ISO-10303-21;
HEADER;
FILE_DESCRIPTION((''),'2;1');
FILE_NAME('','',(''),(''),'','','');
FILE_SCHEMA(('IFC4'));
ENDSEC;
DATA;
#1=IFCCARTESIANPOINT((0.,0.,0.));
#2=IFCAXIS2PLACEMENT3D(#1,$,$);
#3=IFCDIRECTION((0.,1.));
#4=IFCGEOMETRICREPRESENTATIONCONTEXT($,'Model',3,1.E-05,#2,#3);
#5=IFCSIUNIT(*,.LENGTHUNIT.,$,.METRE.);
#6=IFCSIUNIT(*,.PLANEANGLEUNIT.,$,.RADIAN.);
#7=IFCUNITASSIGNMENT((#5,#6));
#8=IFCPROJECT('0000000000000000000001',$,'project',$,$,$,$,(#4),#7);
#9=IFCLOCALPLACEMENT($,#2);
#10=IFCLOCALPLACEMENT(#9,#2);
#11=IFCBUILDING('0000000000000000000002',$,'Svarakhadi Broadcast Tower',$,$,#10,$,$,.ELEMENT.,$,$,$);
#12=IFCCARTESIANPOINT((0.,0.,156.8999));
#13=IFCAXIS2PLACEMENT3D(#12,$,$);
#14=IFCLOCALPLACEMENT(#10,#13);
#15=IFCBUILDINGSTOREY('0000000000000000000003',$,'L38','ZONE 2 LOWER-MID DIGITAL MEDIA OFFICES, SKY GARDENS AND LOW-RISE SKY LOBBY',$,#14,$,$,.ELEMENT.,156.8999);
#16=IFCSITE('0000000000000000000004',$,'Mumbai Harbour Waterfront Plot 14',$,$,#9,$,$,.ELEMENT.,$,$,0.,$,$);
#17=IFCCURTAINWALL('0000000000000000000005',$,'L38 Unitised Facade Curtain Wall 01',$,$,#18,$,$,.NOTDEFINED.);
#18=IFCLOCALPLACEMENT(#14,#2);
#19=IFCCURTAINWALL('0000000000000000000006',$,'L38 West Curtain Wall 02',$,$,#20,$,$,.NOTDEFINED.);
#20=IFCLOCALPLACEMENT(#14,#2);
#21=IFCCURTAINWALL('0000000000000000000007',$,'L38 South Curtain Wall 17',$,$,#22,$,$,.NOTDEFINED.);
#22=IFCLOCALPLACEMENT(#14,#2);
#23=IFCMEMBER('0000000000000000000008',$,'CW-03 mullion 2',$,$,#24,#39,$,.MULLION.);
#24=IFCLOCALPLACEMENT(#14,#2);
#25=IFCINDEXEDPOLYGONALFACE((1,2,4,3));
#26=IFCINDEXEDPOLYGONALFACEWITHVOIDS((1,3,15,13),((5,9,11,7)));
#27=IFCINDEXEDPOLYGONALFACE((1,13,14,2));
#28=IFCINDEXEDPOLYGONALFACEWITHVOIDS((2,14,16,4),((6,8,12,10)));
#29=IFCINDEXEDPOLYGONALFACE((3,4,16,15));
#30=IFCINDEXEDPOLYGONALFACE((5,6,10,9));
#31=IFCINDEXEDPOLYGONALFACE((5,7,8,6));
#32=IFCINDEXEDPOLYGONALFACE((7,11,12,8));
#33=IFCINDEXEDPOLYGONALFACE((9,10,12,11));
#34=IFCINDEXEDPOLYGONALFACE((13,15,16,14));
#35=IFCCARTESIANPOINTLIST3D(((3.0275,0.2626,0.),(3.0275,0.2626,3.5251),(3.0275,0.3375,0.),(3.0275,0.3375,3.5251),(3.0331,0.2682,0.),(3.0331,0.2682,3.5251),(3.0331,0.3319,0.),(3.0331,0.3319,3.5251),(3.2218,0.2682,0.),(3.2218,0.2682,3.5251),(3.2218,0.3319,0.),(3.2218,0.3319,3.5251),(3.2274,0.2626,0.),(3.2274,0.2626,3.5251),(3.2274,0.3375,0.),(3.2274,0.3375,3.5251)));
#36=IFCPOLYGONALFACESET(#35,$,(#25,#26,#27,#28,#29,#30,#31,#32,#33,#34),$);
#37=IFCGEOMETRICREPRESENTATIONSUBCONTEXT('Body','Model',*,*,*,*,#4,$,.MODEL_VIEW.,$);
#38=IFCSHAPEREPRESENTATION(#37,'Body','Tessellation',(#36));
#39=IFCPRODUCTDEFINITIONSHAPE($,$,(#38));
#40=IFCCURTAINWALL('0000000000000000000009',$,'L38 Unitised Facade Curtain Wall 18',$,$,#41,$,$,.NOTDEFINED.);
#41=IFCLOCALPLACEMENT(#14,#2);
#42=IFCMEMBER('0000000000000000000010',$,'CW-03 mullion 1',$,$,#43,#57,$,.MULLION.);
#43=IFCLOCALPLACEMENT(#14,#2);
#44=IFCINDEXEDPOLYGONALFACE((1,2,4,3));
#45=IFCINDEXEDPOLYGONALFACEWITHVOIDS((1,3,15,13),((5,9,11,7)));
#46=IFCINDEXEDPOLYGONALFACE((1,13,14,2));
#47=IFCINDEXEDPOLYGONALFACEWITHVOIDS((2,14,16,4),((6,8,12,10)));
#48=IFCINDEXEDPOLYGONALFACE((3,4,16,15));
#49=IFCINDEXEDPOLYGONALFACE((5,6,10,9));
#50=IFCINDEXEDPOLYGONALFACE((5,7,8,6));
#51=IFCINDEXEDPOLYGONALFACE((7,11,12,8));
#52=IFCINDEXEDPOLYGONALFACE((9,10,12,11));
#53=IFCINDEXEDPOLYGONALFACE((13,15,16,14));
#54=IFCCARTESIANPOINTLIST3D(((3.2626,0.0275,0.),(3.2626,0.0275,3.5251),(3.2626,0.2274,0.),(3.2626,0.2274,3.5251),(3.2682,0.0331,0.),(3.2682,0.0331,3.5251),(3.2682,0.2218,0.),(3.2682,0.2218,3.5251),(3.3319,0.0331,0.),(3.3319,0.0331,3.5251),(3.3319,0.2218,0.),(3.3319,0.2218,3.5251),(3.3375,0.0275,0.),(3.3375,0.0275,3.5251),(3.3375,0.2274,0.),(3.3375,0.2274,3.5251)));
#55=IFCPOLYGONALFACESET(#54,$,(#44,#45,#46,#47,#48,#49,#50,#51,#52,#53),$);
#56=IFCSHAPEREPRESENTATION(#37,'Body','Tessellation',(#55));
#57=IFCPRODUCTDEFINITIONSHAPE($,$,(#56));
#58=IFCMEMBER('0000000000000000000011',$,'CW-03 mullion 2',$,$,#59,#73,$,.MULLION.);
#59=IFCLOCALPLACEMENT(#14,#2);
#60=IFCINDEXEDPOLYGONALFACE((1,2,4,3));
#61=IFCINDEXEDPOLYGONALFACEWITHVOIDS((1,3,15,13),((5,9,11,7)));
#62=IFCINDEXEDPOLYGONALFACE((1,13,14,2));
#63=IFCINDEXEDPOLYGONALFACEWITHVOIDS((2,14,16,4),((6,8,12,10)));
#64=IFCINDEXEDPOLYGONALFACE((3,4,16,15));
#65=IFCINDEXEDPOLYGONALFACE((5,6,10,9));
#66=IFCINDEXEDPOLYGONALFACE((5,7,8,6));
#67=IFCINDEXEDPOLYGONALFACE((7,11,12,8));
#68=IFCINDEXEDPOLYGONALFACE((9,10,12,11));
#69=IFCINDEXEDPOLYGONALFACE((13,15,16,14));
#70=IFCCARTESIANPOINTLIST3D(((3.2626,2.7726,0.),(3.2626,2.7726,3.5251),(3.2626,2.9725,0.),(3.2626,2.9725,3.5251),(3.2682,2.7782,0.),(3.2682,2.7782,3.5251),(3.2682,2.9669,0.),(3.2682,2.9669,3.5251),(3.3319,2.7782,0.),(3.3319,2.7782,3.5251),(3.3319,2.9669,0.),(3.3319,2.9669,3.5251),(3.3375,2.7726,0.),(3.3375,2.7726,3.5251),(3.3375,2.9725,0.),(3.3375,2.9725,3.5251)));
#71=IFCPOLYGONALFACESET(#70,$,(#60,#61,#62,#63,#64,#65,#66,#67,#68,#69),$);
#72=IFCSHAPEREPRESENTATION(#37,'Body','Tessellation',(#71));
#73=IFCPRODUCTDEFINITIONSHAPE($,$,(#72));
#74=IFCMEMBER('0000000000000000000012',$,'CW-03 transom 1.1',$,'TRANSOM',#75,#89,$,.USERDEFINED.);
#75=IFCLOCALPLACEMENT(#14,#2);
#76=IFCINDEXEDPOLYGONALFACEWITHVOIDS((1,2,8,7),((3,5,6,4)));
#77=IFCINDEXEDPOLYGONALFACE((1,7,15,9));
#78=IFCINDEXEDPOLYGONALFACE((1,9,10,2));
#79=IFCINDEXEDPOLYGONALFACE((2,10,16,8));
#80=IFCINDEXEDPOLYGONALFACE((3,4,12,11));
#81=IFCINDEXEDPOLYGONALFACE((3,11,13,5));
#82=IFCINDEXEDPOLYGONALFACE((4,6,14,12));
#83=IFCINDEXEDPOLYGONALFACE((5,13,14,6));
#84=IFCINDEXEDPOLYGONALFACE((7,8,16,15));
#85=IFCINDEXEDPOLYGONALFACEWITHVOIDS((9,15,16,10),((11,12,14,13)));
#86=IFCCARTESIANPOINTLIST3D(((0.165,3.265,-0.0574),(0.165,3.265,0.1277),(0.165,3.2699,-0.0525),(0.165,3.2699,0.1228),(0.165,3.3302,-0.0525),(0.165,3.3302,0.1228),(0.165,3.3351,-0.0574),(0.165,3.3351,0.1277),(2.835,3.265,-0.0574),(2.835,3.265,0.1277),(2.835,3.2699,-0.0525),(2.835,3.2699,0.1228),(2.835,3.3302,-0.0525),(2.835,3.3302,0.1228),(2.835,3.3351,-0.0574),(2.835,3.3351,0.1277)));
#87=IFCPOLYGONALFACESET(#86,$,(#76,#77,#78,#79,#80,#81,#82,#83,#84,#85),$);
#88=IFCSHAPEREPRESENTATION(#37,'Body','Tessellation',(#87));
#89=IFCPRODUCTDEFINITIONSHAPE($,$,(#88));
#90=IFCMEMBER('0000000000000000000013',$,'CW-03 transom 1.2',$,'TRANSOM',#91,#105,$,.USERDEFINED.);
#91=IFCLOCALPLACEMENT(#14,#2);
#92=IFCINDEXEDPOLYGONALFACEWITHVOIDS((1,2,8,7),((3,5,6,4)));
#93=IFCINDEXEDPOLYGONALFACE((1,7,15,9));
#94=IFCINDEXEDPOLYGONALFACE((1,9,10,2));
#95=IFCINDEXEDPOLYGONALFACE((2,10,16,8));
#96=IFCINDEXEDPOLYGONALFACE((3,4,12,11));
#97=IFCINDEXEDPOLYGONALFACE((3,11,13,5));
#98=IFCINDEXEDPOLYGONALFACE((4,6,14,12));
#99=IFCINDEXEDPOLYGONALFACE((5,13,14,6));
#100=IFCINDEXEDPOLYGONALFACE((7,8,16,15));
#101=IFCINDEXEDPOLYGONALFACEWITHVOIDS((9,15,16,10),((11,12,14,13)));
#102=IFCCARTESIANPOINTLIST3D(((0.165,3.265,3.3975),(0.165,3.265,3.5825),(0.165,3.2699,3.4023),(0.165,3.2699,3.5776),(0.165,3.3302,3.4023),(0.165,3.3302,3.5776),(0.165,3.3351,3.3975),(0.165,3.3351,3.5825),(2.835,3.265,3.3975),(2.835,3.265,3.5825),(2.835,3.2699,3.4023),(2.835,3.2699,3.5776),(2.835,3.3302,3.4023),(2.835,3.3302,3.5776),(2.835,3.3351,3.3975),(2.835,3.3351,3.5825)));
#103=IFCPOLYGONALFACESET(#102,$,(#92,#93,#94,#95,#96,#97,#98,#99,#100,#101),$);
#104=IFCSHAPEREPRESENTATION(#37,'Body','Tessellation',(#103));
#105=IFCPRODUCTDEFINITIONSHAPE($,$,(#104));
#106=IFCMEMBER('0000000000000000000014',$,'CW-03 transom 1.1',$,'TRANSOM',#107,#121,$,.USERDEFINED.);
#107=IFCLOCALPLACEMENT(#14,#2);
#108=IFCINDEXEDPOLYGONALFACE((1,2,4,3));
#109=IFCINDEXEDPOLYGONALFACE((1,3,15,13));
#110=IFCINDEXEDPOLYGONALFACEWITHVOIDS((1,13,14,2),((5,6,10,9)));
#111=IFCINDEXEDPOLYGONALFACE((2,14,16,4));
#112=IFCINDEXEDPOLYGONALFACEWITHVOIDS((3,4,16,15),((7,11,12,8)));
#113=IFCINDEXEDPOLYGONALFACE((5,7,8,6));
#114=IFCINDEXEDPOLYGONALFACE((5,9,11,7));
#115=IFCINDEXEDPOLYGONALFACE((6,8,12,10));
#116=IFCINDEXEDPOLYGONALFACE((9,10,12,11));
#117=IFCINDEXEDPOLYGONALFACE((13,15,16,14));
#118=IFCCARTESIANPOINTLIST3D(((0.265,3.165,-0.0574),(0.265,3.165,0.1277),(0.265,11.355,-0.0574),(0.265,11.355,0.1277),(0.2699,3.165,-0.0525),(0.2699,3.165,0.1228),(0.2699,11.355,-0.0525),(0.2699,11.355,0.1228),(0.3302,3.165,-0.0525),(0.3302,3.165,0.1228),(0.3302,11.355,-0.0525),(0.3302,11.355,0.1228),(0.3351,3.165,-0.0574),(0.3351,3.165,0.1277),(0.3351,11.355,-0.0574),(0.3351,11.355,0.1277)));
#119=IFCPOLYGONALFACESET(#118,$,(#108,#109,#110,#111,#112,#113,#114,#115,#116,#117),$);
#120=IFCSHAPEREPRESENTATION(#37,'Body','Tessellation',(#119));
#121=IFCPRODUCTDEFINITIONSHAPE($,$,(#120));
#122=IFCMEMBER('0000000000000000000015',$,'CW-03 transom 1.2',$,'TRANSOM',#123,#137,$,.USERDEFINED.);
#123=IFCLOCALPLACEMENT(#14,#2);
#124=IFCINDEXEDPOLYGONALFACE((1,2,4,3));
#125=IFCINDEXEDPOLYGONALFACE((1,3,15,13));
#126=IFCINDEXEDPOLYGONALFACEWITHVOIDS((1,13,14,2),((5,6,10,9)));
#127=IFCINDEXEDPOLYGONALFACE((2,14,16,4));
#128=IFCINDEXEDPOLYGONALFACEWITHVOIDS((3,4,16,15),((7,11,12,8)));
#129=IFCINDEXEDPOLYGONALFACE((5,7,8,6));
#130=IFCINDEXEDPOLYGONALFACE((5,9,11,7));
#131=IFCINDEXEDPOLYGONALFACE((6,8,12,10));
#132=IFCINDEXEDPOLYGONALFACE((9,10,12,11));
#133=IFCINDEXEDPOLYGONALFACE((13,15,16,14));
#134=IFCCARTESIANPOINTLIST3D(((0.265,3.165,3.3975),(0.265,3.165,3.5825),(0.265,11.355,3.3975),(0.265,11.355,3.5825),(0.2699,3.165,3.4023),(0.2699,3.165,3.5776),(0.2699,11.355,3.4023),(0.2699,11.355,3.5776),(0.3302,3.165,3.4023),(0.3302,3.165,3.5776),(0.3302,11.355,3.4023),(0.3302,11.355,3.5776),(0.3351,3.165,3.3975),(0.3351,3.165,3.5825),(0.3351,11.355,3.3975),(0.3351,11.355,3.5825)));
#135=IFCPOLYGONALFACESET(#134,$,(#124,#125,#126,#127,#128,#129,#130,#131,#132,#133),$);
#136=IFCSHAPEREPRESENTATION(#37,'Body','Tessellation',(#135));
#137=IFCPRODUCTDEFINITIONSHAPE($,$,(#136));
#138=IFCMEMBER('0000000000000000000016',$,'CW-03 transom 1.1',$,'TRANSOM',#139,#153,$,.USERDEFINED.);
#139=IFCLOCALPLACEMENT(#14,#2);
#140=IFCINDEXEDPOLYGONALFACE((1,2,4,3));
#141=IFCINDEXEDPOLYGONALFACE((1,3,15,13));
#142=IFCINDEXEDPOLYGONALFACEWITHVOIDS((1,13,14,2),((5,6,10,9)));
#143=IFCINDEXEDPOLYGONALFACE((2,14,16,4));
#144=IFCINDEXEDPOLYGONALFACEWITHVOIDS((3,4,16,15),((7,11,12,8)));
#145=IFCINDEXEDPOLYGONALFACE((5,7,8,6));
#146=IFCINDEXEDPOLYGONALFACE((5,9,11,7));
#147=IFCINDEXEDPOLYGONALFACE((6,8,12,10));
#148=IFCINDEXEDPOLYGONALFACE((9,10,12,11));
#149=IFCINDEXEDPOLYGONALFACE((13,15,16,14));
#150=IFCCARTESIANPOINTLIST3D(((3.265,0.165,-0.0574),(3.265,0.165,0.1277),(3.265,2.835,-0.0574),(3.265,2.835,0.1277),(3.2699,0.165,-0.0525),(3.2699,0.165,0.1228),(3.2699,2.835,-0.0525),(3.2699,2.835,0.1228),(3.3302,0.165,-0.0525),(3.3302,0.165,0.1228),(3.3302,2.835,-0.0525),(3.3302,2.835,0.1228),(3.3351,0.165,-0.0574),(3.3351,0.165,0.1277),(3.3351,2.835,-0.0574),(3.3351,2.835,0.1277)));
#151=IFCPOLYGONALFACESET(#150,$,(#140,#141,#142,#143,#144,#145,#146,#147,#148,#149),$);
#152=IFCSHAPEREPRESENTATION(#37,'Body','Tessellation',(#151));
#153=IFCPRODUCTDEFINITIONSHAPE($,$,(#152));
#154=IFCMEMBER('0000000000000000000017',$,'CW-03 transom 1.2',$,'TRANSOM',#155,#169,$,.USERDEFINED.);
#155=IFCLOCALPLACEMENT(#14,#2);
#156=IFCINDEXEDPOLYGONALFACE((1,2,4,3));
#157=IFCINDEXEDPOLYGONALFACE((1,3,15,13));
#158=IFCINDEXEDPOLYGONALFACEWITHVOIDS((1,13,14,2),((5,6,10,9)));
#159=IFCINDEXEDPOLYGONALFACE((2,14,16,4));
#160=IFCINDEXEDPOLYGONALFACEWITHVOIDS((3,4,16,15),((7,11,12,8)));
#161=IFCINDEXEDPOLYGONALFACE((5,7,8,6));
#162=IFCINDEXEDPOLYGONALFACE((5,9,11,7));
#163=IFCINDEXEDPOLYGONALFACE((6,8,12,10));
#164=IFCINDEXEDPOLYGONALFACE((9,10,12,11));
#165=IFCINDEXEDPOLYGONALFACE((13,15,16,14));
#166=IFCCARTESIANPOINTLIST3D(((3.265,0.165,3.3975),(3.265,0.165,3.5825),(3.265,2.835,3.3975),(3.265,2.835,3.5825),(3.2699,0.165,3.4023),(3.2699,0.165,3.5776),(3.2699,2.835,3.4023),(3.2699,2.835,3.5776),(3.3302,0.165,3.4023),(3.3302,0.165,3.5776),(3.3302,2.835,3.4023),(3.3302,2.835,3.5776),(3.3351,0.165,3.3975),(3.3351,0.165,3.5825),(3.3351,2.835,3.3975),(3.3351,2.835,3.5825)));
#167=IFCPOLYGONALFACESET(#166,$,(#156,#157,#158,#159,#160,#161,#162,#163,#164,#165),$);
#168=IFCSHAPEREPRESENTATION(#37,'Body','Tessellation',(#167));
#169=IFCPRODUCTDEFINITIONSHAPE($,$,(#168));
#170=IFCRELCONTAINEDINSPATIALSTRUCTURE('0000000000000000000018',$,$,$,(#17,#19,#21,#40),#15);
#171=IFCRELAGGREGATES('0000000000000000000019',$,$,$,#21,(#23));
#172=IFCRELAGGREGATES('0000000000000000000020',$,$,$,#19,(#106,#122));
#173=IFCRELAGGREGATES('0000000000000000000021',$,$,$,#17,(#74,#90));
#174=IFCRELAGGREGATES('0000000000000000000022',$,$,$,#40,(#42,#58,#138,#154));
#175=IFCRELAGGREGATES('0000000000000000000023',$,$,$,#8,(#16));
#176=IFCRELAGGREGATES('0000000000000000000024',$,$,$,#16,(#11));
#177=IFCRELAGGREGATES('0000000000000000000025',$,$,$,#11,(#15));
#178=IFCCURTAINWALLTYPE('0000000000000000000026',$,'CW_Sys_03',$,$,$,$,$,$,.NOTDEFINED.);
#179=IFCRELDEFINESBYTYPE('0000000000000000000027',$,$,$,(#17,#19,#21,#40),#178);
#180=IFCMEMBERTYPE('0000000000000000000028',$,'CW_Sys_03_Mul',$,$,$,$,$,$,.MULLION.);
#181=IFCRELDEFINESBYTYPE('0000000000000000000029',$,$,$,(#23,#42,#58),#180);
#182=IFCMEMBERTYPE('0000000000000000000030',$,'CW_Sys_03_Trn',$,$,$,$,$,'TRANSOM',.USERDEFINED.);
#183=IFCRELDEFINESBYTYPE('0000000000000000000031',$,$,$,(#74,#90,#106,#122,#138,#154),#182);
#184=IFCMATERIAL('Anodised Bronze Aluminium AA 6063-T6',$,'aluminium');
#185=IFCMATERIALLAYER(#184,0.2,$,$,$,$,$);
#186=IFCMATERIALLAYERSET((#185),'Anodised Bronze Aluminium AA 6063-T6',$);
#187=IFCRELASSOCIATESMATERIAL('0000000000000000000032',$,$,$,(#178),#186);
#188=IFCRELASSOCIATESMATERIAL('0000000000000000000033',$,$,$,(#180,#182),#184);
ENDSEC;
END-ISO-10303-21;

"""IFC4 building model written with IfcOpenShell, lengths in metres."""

from ifc_helpers import new_model, si_unit, direction, frame, origin, origin_2d, place, context, subcontext, project, spatial, hollow_rectangle, extrude, material, layer, layer_set, material_profile, profile_set, type_object, element, aggregate, save


model = new_model("IFC4")

# Units and contexts
model_context = context("Model", 3, precision=1e-05, world=origin(), true_north=direction((0.0, 1.0)))
body_context = subcontext(model_context, "Body", "Model", "MODEL_VIEW")
ifc_project = project(units=[si_unit("LENGTHUNIT", "METRE"), si_unit("PLANEANGLEUNIT", "RADIAN")], contexts=[model_context])

# Site, building, storey
site_placement = place(None, origin())
site = spatial("IfcSite", under=ifc_project, at=site_placement, Name="Mumbai Harbour Waterfront Plot 14", CompositionType="ELEMENT", RefElevation=0.0)
building_placement = place(site_placement, origin())
building = spatial("IfcBuilding", under=site, at=building_placement, Name="Svarakhadi Broadcast Tower", CompositionType="ELEMENT")
storey_placement = place(building_placement, frame((0.0, 0.0, 156.8999)))
storey = spatial("IfcBuildingStorey", under=building, at=storey_placement, Name="L38", Description="ZONE 2 LOWER-MID DIGITAL MEDIA OFFICES, SKY GARDENS AND LOW-RISE SKY LOBBY", CompositionType="ELEMENT", Elevation=156.8999)

# Curtain wall
ifc_material_1 = material(Name="Anodised Bronze Aluminium AA 6063-T6", Category="aluminium")
ifc_layer_1 = layer(ifc_material_1, 0.2)
ifc_layer_set_1 = layer_set([ifc_layer_1], Name="Anodised Bronze Aluminium AA 6063-T6")
curtain_wall_type = type_object("IfcCurtainWallType", Name="CW_Sys_03", PredefinedType="NOTDEFINED", material=ifc_layer_set_1)
curtain_wall_1_placement = place(storey_placement, origin())
curtain_wall_1 = element("IfcCurtainWall", 1, at=curtain_wall_1_placement, inside=storey, type_object=curtain_wall_type, Name="L38 Unitised Facade Curtain Wall 01", PredefinedType="NOTDEFINED")
ifc_material_profile_1 = material_profile(ifc_material_1, hollow_rectangle(XDim=0.075, YDim=0.2, WallThickness=0.0056, at=origin_2d()), Name="ALU MULLION 200x75x6")
ifc_profile_set_1 = profile_set([ifc_material_profile_1], Name="Anodised Bronze Aluminium AA 6063-T6")
member_type_1 = type_object("IfcMemberType", Name="CW_Sys_03_Mul", PredefinedType="MULLION", material=ifc_profile_set_1)

# Curtain walls, member
curtain_wall_2_placement = place(storey_placement, origin())
curtain_wall_2 = element("IfcCurtainWall", 2, at=curtain_wall_2_placement, inside=storey, type_object=curtain_wall_type, Name="L38 West Curtain Wall 02", PredefinedType="NOTDEFINED")
curtain_wall_3_placement = place(storey_placement, origin())
curtain_wall_3 = element("IfcCurtainWall", 3, at=curtain_wall_3_placement, inside=storey, type_object=curtain_wall_type, Name="L38 South Curtain Wall 17", PredefinedType="NOTDEFINED")
member_1_placement = place(storey_placement, frame((3.1274, 0.3, 0.0), z_axis=(0.0, 0.0, 1.0), x_axis=(0.0, -1.0, 0.0)))
member_1 = element("IfcMember", 4, at=member_1_placement, type_object=member_type_1, Name="CW-03 mullion 2", PredefinedType="MULLION", context=body_context, shape_type="SweptSolid", body=[
    extrude(hollow_rectangle(XDim=0.075, YDim=0.2, WallThickness=0.0056, at=origin_2d()), origin(), (0.0, 0.0, 1.0), 3.5251),
])
aggregate(curtain_wall_3, [member_1])

# Curtain wall, members
curtain_wall_4_placement = place(storey_placement, origin())
curtain_wall_4 = element("IfcCurtainWall", 5, at=curtain_wall_4_placement, inside=storey, type_object=curtain_wall_type, Name="L38 Unitised Facade Curtain Wall 18", PredefinedType="NOTDEFINED")
member_2_placement = place(storey_placement, frame((3.3, 0.1274, 0.0), z_axis=(0.0, 0.0, 1.0), x_axis=(-1.0, 0.0, 0.0)))
member_2 = element("IfcMember", 6, at=member_2_placement, type_object=member_type_1, Name="CW-03 mullion 1", PredefinedType="MULLION", context=body_context, shape_type="SweptSolid", body=[
    extrude(hollow_rectangle(XDim=0.075, YDim=0.2, WallThickness=0.0056, at=origin_2d()), origin(), (0.0, 0.0, 1.0), 3.5251),
])
member_3_placement = place(storey_placement, frame((3.3, 2.8726, 0.0), z_axis=(0.0, 0.0, 1.0), x_axis=(-1.0, 0.0, 0.0)))
member_3 = element("IfcMember", 7, at=member_3_placement, type_object=member_type_1, Name="CW-03 mullion 2", PredefinedType="MULLION", context=body_context, shape_type="SweptSolid", body=[
    extrude(hollow_rectangle(XDim=0.075, YDim=0.2, WallThickness=0.0056, at=origin_2d()), origin(), (0.0, 0.0, 1.0), 3.5251),
])

# Members
ifc_material_profile_2 = material_profile(ifc_material_1, hollow_rectangle(XDim=0.0701, YDim=0.1851, WallThickness=0.0049, at=origin_2d()), Name="ALU TRANSOM 185x70x5")
ifc_profile_set_2 = profile_set([ifc_material_profile_2], Name="Anodised Bronze Aluminium AA 6063-T6")
member_type_2 = type_object("IfcMemberType", Name="CW_Sys_03_Trn", ElementType="TRANSOM", PredefinedType="USERDEFINED", material=ifc_profile_set_2)
member_4_placement = place(storey_placement, frame((2.835, 3.3, 0.0352), z_axis=(-1.0, 0.0, 0.0), x_axis=(0.0, -1.0, 0.0)))
member_4 = element("IfcMember", 8, at=member_4_placement, type_object=member_type_2, Name="CW-03 transom 1.1", ObjectType="TRANSOM", PredefinedType="USERDEFINED", context=body_context, shape_type="SweptSolid", body=[
    extrude(hollow_rectangle(XDim=0.0701, YDim=0.1851, WallThickness=0.0049, at=origin_2d()), origin(), (0.0, 0.0, 1.0), 2.6699),
])
member_5_placement = place(storey_placement, frame((2.835, 3.3, 3.49), z_axis=(-1.0, 0.0, 0.0), x_axis=(0.0, -1.0, 0.0)))
member_5 = element("IfcMember", 9, at=member_5_placement, type_object=member_type_2, Name="CW-03 transom 1.2", ObjectType="TRANSOM", PredefinedType="USERDEFINED", context=body_context, shape_type="SweptSolid", body=[
    extrude(hollow_rectangle(XDim=0.0701, YDim=0.1851, WallThickness=0.0049, at=origin_2d()), origin(), (0.0, 0.0, 1.0), 2.6699),
])
member_6_placement = place(storey_placement, frame((0.3, 3.165, 0.0352), z_axis=(0.0, 1.0, 0.0), x_axis=(-1.0, 0.0, 0.0)))
member_6 = element("IfcMember", 10, at=member_6_placement, type_object=member_type_2, Name="CW-03 transom 1.1", ObjectType="TRANSOM", PredefinedType="USERDEFINED", context=body_context, shape_type="SweptSolid", body=[
    extrude(hollow_rectangle(XDim=0.0701, YDim=0.1851, WallThickness=0.0049, at=origin_2d()), origin(), (0.0, 0.0, 1.0), 8.1899),
])
member_7_placement = place(storey_placement, frame((0.3, 3.165, 3.49), z_axis=(0.0, 1.0, 0.0), x_axis=(-1.0, 0.0, 0.0)))
member_7 = element("IfcMember", 11, at=member_7_placement, type_object=member_type_2, Name="CW-03 transom 1.2", ObjectType="TRANSOM", PredefinedType="USERDEFINED", context=body_context, shape_type="SweptSolid", body=[
    extrude(hollow_rectangle(XDim=0.0701, YDim=0.1851, WallThickness=0.0049, at=origin_2d()), origin(), (0.0, 0.0, 1.0), 8.1899),
])
aggregate(curtain_wall_2, [member_6, member_7])
member_8_placement = place(storey_placement, frame((3.3, 0.165, 0.0352), z_axis=(0.0, 1.0, 0.0), x_axis=(-1.0, 0.0, 0.0)))
member_8 = element("IfcMember", 12, at=member_8_placement, type_object=member_type_2, Name="CW-03 transom 1.1", ObjectType="TRANSOM", PredefinedType="USERDEFINED", context=body_context, shape_type="SweptSolid", body=[
    extrude(hollow_rectangle(XDim=0.0701, YDim=0.1851, WallThickness=0.0049, at=origin_2d()), origin(), (0.0, 0.0, 1.0), 2.6699),
])
member_9_placement = place(storey_placement, frame((3.3, 0.165, 3.49), z_axis=(0.0, 1.0, 0.0), x_axis=(-1.0, 0.0, 0.0)))
member_9 = element("IfcMember", 13, at=member_9_placement, type_object=member_type_2, Name="CW-03 transom 1.2", ObjectType="TRANSOM", PredefinedType="USERDEFINED", context=body_context, shape_type="SweptSolid", body=[
    extrude(hollow_rectangle(XDim=0.0701, YDim=0.1851, WallThickness=0.0049, at=origin_2d()), origin(), (0.0, 0.0, 1.0), 2.6699),
])

aggregate(curtain_wall_1, [member_4, member_5])
aggregate(curtain_wall_4, [member_2, member_3, member_8, member_9])

save(model, "model.ifc")
